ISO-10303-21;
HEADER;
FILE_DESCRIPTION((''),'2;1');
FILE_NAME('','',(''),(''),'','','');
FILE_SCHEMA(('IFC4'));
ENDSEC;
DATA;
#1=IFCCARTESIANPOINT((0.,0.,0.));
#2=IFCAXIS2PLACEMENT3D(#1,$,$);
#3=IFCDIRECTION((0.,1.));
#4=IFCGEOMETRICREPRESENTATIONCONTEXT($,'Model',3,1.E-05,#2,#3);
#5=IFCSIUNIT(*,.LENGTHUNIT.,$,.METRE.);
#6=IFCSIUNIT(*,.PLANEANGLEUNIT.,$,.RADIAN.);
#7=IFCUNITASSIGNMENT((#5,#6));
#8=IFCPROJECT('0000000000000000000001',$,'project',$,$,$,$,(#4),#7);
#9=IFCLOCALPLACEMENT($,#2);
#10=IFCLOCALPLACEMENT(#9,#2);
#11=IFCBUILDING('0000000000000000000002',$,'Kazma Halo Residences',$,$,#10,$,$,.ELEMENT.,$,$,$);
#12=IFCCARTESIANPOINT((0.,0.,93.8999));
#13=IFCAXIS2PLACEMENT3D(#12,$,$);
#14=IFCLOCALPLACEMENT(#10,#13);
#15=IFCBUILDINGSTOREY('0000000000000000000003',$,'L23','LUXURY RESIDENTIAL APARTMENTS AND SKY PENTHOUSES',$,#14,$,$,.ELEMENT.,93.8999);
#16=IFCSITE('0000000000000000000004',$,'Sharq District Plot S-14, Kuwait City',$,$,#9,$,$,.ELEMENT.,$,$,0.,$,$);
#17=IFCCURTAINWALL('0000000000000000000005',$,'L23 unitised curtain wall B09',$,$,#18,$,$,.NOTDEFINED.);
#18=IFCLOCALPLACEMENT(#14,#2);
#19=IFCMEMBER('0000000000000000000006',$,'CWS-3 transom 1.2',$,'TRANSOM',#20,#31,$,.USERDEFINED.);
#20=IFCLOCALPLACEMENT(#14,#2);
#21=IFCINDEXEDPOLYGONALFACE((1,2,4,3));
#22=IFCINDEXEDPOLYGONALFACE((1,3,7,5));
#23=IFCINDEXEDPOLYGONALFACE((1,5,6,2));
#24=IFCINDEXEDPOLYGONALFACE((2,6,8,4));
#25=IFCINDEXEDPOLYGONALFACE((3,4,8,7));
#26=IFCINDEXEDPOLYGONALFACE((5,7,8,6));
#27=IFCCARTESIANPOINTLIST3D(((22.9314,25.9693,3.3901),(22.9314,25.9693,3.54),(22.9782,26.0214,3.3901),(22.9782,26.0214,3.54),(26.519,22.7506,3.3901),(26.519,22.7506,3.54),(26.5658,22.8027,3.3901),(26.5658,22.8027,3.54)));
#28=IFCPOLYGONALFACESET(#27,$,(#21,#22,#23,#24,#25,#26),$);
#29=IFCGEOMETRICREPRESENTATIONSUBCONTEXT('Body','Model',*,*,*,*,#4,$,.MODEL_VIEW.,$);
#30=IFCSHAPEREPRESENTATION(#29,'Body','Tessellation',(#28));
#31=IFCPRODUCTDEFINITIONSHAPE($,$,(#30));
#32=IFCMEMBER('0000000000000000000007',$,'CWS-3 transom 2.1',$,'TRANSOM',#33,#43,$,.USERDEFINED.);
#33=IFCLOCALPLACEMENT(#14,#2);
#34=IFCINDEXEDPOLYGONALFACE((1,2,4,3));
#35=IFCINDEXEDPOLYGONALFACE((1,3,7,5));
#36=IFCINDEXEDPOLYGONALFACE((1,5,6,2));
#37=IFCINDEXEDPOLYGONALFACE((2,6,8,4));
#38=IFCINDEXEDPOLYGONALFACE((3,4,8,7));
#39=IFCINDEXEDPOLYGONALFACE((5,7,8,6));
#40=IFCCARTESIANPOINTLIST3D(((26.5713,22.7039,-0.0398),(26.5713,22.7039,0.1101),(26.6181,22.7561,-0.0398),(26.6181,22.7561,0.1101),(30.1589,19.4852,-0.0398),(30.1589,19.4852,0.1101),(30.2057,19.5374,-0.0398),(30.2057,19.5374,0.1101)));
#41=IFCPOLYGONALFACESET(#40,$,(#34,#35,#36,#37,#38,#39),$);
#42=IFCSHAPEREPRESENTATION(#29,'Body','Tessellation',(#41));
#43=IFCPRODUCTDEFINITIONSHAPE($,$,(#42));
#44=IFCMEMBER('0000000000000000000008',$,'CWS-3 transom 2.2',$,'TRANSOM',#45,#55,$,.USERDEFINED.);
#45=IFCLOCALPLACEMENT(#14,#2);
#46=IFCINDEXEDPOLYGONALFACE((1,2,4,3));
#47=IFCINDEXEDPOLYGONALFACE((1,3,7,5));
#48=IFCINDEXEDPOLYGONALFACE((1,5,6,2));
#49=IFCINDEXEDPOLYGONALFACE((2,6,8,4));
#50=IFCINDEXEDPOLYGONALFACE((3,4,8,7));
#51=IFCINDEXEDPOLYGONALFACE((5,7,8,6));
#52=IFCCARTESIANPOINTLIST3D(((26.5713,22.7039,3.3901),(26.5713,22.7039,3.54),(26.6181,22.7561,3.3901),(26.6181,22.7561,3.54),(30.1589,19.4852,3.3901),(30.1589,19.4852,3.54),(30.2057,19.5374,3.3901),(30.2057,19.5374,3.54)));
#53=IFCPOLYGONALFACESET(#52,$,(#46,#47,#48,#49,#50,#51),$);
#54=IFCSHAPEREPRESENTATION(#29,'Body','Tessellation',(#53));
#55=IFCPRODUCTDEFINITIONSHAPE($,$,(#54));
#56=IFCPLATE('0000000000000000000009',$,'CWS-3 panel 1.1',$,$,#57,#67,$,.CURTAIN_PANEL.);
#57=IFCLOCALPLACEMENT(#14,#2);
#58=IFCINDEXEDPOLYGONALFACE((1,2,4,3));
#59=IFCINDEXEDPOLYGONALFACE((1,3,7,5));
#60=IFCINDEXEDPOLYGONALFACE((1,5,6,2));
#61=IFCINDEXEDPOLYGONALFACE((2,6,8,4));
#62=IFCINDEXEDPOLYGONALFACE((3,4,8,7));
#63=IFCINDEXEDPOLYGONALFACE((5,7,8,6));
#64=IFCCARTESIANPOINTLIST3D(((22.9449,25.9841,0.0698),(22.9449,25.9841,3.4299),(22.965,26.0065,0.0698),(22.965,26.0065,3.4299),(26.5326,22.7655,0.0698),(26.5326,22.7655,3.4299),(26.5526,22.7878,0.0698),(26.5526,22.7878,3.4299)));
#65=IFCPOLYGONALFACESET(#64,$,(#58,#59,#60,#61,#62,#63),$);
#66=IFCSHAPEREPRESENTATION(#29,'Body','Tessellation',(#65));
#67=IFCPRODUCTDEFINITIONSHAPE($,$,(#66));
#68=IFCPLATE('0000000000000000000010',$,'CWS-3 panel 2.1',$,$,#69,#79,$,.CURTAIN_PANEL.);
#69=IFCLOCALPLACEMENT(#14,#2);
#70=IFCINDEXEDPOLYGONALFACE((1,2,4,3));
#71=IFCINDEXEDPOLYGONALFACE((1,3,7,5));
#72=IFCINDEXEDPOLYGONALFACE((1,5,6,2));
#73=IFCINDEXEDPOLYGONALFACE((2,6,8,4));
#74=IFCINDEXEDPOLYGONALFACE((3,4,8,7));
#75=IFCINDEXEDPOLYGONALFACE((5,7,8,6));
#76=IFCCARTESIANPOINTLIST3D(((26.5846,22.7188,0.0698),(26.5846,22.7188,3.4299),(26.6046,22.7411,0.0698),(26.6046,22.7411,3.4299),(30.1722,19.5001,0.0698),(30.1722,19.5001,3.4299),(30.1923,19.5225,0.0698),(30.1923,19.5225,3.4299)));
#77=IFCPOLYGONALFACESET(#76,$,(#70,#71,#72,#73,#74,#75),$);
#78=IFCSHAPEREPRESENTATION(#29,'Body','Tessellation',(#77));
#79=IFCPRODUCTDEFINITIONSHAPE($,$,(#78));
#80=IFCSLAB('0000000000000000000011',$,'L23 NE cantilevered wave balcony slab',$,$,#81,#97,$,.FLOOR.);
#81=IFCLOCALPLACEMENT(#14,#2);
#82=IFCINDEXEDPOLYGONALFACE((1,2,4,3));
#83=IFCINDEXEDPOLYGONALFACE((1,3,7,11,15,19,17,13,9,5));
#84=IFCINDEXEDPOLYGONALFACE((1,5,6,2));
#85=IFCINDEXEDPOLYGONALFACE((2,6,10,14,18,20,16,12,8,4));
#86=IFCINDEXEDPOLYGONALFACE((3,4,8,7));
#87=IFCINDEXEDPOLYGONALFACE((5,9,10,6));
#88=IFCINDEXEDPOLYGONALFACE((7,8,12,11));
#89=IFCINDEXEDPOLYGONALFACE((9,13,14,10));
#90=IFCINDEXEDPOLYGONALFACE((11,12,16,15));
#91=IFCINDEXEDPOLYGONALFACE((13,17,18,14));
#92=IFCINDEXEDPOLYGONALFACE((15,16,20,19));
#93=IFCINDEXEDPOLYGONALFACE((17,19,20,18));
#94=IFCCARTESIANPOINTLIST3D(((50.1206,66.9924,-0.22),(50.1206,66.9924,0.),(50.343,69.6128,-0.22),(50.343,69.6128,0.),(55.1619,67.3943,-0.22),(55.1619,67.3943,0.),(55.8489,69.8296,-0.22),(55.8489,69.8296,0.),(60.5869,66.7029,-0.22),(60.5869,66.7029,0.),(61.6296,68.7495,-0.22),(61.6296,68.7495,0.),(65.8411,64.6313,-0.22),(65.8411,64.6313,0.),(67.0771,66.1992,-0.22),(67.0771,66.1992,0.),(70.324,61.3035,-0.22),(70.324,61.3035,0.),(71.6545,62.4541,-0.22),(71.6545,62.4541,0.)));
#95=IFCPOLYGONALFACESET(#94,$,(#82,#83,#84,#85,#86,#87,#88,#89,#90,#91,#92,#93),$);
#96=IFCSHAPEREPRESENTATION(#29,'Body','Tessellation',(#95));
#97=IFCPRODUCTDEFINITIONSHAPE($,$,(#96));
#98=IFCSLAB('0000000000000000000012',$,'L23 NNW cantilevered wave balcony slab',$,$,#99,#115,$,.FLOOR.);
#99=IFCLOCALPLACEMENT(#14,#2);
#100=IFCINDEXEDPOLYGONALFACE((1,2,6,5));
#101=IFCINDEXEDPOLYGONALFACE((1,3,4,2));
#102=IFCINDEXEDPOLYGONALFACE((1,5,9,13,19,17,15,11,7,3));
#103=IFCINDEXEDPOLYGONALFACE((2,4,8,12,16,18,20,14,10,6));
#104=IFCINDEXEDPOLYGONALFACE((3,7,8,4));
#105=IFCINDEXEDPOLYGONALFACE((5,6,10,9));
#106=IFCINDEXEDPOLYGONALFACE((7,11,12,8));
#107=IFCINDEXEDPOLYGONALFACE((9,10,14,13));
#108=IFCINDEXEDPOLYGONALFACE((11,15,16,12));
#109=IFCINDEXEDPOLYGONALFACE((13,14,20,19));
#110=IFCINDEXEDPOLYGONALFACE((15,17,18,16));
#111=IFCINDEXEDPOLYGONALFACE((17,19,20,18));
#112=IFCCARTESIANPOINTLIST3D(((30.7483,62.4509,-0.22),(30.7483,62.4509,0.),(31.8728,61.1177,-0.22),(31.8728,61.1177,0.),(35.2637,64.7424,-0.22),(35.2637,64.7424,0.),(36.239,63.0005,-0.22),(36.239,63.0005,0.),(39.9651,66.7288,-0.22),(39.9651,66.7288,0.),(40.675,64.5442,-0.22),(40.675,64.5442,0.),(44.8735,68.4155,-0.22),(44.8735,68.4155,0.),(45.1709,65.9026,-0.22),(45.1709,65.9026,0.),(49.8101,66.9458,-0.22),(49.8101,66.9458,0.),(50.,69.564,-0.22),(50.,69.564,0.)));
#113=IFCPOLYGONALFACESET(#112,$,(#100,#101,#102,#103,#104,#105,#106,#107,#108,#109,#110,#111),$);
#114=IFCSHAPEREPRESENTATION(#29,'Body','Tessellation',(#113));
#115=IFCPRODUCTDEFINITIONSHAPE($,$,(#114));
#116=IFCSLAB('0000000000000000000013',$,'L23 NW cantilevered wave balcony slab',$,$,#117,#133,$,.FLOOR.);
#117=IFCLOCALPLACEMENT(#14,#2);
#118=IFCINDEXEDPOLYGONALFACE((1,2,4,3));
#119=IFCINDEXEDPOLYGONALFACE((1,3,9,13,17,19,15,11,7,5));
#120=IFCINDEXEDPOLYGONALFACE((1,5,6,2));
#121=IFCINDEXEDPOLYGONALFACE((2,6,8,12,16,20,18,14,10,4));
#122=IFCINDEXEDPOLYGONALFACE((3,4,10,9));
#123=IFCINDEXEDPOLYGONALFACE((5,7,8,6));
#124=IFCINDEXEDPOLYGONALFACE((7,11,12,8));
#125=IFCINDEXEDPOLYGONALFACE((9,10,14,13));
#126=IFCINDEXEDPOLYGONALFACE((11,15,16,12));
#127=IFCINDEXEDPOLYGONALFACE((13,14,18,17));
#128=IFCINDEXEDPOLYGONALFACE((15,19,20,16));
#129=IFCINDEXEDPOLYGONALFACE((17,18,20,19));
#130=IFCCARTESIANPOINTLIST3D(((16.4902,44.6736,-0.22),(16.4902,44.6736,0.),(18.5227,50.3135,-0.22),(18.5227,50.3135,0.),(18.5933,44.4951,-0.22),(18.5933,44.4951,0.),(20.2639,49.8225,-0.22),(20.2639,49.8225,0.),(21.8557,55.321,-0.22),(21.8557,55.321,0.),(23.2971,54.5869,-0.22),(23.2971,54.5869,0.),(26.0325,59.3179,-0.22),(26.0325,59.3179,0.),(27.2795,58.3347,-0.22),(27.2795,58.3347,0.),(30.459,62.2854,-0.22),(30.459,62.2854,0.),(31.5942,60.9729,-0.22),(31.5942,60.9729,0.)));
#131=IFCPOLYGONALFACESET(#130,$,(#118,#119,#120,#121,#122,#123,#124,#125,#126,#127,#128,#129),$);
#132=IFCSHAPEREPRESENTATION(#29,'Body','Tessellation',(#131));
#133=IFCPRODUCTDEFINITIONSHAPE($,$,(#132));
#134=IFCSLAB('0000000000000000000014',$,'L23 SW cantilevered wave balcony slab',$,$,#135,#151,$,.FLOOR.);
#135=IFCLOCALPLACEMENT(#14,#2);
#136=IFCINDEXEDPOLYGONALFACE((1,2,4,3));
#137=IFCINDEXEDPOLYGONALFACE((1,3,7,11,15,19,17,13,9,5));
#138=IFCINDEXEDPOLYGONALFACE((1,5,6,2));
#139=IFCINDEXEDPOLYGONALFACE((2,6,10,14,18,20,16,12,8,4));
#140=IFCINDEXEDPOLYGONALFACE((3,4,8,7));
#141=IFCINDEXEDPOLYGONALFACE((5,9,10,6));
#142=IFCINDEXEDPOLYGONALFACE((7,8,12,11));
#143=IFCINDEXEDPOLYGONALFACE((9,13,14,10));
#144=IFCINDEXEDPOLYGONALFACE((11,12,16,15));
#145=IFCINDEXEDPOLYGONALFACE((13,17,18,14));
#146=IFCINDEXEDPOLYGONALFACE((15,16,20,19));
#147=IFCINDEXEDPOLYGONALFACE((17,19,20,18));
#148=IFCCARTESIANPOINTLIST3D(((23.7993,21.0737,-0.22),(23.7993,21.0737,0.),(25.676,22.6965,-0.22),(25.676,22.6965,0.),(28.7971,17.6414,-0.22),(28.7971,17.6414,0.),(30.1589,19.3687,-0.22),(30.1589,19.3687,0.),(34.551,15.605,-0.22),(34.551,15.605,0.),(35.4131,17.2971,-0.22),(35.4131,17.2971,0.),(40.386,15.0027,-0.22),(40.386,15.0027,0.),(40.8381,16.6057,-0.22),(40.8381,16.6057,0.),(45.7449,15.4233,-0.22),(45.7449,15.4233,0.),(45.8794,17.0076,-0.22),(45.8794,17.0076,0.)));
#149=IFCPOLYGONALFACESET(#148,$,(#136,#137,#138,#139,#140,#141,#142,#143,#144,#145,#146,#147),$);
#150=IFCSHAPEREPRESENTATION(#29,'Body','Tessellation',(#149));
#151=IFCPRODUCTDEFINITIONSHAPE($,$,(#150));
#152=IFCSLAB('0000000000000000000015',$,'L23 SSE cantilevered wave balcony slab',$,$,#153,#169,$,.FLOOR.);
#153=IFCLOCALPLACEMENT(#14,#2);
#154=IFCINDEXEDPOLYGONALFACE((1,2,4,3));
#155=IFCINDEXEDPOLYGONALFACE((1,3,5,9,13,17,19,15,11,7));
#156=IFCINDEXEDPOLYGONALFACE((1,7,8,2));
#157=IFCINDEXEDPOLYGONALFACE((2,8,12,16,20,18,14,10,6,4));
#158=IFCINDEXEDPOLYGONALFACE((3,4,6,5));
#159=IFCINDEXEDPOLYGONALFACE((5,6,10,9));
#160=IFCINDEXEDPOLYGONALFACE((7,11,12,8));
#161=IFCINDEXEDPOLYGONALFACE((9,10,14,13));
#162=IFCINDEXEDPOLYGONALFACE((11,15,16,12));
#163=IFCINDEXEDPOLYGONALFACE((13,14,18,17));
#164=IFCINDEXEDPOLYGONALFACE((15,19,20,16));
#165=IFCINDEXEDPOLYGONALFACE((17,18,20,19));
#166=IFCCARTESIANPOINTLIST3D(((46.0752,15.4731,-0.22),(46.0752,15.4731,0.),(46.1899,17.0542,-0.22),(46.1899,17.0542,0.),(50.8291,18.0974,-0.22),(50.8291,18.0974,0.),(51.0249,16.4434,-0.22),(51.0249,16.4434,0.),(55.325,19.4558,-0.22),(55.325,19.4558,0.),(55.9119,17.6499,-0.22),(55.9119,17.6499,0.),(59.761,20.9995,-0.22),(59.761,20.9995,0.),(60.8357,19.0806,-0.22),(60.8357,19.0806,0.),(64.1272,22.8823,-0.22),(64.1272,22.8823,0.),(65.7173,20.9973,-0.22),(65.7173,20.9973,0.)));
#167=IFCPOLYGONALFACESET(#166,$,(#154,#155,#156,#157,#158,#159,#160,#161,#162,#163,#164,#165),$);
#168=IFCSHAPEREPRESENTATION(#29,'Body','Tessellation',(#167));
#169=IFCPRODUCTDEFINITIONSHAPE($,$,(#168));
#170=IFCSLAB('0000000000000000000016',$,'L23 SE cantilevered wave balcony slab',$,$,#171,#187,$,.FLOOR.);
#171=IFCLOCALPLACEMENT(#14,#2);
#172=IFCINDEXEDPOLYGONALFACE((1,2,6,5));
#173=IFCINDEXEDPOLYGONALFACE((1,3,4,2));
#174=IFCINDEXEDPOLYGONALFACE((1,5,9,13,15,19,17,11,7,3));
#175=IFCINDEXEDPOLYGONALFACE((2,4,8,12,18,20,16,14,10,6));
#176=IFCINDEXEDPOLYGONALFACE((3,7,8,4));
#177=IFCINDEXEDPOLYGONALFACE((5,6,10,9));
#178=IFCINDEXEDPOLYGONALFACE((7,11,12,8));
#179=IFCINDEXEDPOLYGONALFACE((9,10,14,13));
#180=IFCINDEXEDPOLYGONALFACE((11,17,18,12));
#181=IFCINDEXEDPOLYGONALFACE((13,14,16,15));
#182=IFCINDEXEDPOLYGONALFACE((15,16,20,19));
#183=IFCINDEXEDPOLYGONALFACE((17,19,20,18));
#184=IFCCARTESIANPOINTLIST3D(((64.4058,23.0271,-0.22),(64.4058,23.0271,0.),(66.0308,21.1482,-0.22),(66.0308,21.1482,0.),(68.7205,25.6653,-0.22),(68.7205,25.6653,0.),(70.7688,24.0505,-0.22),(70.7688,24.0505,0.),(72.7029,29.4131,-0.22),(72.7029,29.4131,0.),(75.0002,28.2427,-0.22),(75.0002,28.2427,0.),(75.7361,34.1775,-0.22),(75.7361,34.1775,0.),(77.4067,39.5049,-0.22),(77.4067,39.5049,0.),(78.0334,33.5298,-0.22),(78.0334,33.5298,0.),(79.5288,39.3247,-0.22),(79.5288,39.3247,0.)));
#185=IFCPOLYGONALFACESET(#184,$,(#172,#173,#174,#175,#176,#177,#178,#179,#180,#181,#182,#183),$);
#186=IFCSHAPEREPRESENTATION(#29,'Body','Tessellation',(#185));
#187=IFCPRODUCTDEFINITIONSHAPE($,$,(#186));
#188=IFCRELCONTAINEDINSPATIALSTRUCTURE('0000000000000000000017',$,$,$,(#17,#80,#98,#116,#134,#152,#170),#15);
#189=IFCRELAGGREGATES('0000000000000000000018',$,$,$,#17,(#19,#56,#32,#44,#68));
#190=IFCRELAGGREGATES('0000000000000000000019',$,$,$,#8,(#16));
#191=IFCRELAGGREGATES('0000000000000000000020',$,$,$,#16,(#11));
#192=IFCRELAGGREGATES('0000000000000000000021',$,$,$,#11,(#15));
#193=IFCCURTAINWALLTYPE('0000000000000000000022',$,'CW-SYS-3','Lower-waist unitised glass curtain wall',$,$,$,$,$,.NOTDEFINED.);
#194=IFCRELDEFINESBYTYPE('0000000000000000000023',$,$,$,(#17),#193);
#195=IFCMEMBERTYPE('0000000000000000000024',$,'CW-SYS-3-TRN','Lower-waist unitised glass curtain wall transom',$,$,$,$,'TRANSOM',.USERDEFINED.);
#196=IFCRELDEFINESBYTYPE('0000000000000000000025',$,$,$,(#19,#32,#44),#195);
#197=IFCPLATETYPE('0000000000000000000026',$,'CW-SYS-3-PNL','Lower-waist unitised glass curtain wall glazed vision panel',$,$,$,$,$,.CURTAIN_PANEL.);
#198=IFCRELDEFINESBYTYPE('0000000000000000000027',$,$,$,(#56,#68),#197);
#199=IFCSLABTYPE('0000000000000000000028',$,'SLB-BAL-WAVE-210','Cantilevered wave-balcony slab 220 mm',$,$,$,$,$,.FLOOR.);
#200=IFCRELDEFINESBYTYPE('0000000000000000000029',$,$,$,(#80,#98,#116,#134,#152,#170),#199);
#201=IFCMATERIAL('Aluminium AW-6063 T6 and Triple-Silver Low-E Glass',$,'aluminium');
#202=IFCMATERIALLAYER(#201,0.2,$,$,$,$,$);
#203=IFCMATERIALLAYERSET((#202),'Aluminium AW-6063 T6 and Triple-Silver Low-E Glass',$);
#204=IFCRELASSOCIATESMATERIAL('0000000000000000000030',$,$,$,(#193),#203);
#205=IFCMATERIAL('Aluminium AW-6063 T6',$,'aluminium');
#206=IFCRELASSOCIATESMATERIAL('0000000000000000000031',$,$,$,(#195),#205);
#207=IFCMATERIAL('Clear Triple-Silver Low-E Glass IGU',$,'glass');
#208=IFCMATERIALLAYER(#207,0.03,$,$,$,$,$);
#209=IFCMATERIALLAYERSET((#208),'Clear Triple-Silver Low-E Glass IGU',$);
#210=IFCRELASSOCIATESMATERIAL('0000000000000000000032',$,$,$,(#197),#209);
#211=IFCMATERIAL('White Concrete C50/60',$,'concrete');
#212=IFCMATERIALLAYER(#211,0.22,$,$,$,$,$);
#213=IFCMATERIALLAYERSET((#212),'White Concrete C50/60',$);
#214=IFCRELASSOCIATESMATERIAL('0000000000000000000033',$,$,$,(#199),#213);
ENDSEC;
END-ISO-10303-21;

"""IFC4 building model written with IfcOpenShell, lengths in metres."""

from ifc_helpers import new_model, si_unit, direction, frame, origin, origin_2d, place, context, subcontext, project, spatial, polyline, rectangle, outline, extrude, material, layer, layer_set, material_profile, profile_set, type_object, element, aggregate, save


model = new_model("IFC4")

# Units and contexts
model_context = context("Model", 3, precision=1e-05, world=origin(), true_north=direction((0.0, 1.0)))
body_context = subcontext(model_context, "Body", "Model", "MODEL_VIEW")
ifc_project = project(units=[si_unit("LENGTHUNIT", "METRE"), si_unit("PLANEANGLEUNIT", "RADIAN")], contexts=[model_context])

# Site, building, storey
site_placement = place(None, origin())
site = spatial("IfcSite", under=ifc_project, at=site_placement, Name="Sharq District Plot S-14, Kuwait City", CompositionType="ELEMENT", RefElevation=0.0)
building_placement = place(site_placement, origin())
building = spatial("IfcBuilding", under=site, at=building_placement, Name="Kazma Halo Residences", CompositionType="ELEMENT")
storey_placement = place(building_placement, frame((0.0, 0.0, 93.8999)))
storey = spatial("IfcBuildingStorey", under=building, at=storey_placement, Name="L23", Description="LUXURY RESIDENTIAL APARTMENTS AND SKY PENTHOUSES", CompositionType="ELEMENT", Elevation=93.8999)

# Curtain wall, members, plates
ifc_material_1 = material(Name="Aluminium AW-6063 T6 and Triple-Silver Low-E Glass", Category="aluminium")
ifc_layer_1 = layer(ifc_material_1, 0.2)
ifc_layer_set_1 = layer_set([ifc_layer_1], Name="Aluminium AW-6063 T6 and Triple-Silver Low-E Glass")
curtain_wall_type = type_object("IfcCurtainWallType", Name="CW-SYS-3", Description="Lower-waist unitised glass curtain wall", PredefinedType="NOTDEFINED", material=ifc_layer_set_1)
curtain_wall_placement = place(storey_placement, origin())
curtain_wall = element("IfcCurtainWall", 1, at=curtain_wall_placement, inside=storey, type_object=curtain_wall_type, Name="L23 unitised curtain wall B09", PredefinedType="NOTDEFINED")
ifc_material_2 = material(Name="Aluminium AW-6063 T6", Category="aluminium")
ifc_material_profile_1 = material_profile(ifc_material_2, rectangle(XDim=0.0701, YDim=0.1499, at=origin_2d()), Name="CWT-70x150")
ifc_profile_set_1 = profile_set([ifc_material_profile_1], Name="Aluminium AW-6063 T6")
member_type_1 = type_object("IfcMemberType", Name="CW-SYS-3-TRN", Description="Lower-waist unitised glass curtain wall transom", ElementType="TRANSOM", PredefinedType="USERDEFINED", material=ifc_profile_set_1)
member_1_placement = place(storey_placement, frame((22.9548, 25.9954, 3.4651), z_axis=(0.744338, -0.667803, 0.0), x_axis=(0.667803, 0.744338, 0.0)))
member_1 = element("IfcMember", 2, at=member_1_placement, type_object=member_type_1, Name="CWS-3 transom 1.2", ObjectType="TRANSOM", PredefinedType="USERDEFINED", context=body_context, shape_type="SweptSolid", body=[
    extrude(rectangle(XDim=0.0701, YDim=0.1499, at=origin_2d()), origin(), (0.0, 0.0, 1.0), 4.8198),
])
member_2_placement = place(storey_placement, frame((26.5947, 22.73, 0.0352), z_axis=(0.744338, -0.667803, 0.0), x_axis=(0.667803, 0.744338, 0.0)))
member_2 = element("IfcMember", 3, at=member_2_placement, type_object=member_type_1, Name="CWS-3 transom 2.1", ObjectType="TRANSOM", PredefinedType="USERDEFINED", context=body_context, shape_type="SweptSolid", body=[
    extrude(rectangle(XDim=0.0701, YDim=0.1499, at=origin_2d()), origin(), (0.0, 0.0, 1.0), 4.8198),
])
member_3_placement = place(storey_placement, frame((26.5947, 22.73, 3.4651), z_axis=(0.744338, -0.667803, 0.0), x_axis=(0.667803, 0.744338, 0.0)))
member_3 = element("IfcMember", 4, at=member_3_placement, type_object=member_type_1, Name="CWS-3 transom 2.2", ObjectType="TRANSOM", PredefinedType="USERDEFINED", context=body_context, shape_type="SweptSolid", body=[
    extrude(rectangle(XDim=0.0701, YDim=0.1499, at=origin_2d()), origin(), (0.0, 0.0, 1.0), 4.8198),
])
ifc_material_3 = material(Name="Clear Triple-Silver Low-E Glass IGU", Category="glass")
ifc_layer_2 = layer(ifc_material_3, 0.03)
ifc_layer_set_2 = layer_set([ifc_layer_2], Name="Clear Triple-Silver Low-E Glass IGU")
plate_type = type_object("IfcPlateType", Name="CW-SYS-3-PNL", Description="Lower-waist unitised glass curtain wall glazed vision panel", PredefinedType="CURTAIN_PANEL", material=ifc_layer_set_2)
plate_1_placement = place(storey_placement, frame((24.7488, 24.386, 0.0698), z_axis=(0.0, 0.0, 1.0), x_axis=(0.744345, -0.667795, 0.0)))
plate_1 = element("IfcPlate", 5, at=plate_1_placement, type_object=plate_type, Name="CWS-3 panel 1.1", PredefinedType="CURTAIN_PANEL", context=body_context, shape_type="SweptSolid", body=[
    extrude(rectangle(XDim=4.8198, YDim=0.03, at=origin_2d()), origin(), (0.0, 0.0, 1.0), 3.3601),
])
plate_2_placement = place(storey_placement, frame((28.3884, 21.1206, 0.0698), z_axis=(0.0, 0.0, 1.0), x_axis=(0.744345, -0.667795, 0.0)))
plate_2 = element("IfcPlate", 6, at=plate_2_placement, type_object=plate_type, Name="CWS-3 panel 2.1", PredefinedType="CURTAIN_PANEL", context=body_context, shape_type="SweptSolid", body=[
    extrude(rectangle(XDim=4.8198, YDim=0.03, at=origin_2d()), origin(), (0.0, 0.0, 1.0), 3.3601),
])
aggregate(curtain_wall, [member_1, plate_1, member_2, member_3, plate_2])

# Slabs
ifc_material_4 = material(Name="White Concrete C50/60", Category="concrete")
ifc_layer_3 = layer(ifc_material_4, 0.22)
ifc_layer_set_3 = layer_set([ifc_layer_3], Name="White Concrete C50/60")
slab_type_1 = type_object("IfcSlabType", Name="SLB-BAL-WAVE-210", Description="Cantilevered wave-balcony slab 220 mm", PredefinedType="FLOOR", material=ifc_layer_set_3)
slab_1_placement = place(storey_placement, frame((0.0, 0.0, -0.22)))
element("IfcSlab", 7, at=slab_1_placement, inside=storey, type_object=slab_type_1, Name="L23 NE cantilevered wave balcony slab", PredefinedType="FLOOR", context=body_context, shape_type="SweptSolid", body=[
    extrude(outline(polyline([(70.324, 61.3035), (65.8411, 64.6313), (60.5869, 66.7029), (55.1619, 67.3943), (50.1206, 66.9924), (50.343, 69.6128), (55.8489, 69.8296), (61.6296, 68.7495), (67.0771, 66.1992), (71.6545, 62.4541), (70.324, 61.3035)])), origin(), (0.0, 0.0, 1.0), 0.22),
])
slab_2_placement = place(storey_placement, frame((0.0, 0.0, -0.22)))
element("IfcSlab", 8, at=slab_2_placement, inside=storey, type_object=slab_type_1, Name="L23 NNW cantilevered wave balcony slab", PredefinedType="FLOOR", context=body_context, shape_type="SweptSolid", body=[
    extrude(outline(polyline([(49.8101, 66.9458), (45.1709, 65.9026), (40.675, 64.5442), (36.239, 63.0005), (31.8728, 61.1177), (30.7483, 62.4509), (35.2637, 64.7424), (39.9651, 66.7288), (44.8735, 68.4155), (50.0, 69.564), (49.8101, 66.9458)])), origin(), (0.0, 0.0, 1.0), 0.22),
])
slab_3_placement = place(storey_placement, frame((0.0, 0.0, -0.22)))
element("IfcSlab", 9, at=slab_3_placement, inside=storey, type_object=slab_type_1, Name="L23 NW cantilevered wave balcony slab", PredefinedType="FLOOR", context=body_context, shape_type="SweptSolid", body=[
    extrude(outline(polyline([(31.5942, 60.9729), (27.2795, 58.3347), (23.2971, 54.5869), (20.2639, 49.8225), (18.5933, 44.4951), (16.4902, 44.6736), (18.5227, 50.3135), (21.8557, 55.321), (26.0325, 59.3179), (30.459, 62.2854), (31.5942, 60.9729)])), origin(), (0.0, 0.0, 1.0), 0.22),
])
slab_4_placement = place(storey_placement, frame((0.0, 0.0, -0.22)))
element("IfcSlab", 10, at=slab_4_placement, inside=storey, type_object=slab_type_1, Name="L23 SW cantilevered wave balcony slab", PredefinedType="FLOOR", context=body_context, shape_type="SweptSolid", body=[
    extrude(outline(polyline([(25.676, 22.6965), (30.1589, 19.3687), (35.4131, 17.2971), (40.8381, 16.6057), (45.8794, 17.0076), (45.7449, 15.4233), (40.386, 15.0027), (34.551, 15.605), (28.7971, 17.6414), (23.7993, 21.0737), (25.676, 22.6965)])), origin(), (0.0, 0.0, 1.0), 0.22),
])
slab_5_placement = place(storey_placement, frame((0.0, 0.0, -0.22)))
element("IfcSlab", 11, at=slab_5_placement, inside=storey, type_object=slab_type_1, Name="L23 SSE cantilevered wave balcony slab", PredefinedType="FLOOR", context=body_context, shape_type="SweptSolid", body=[
    extrude(outline(polyline([(46.1899, 17.0542), (50.8291, 18.0974), (55.325, 19.4558), (59.761, 20.9995), (64.1272, 22.8823), (65.7173, 20.9973), (60.8357, 19.0806), (55.9119, 17.6499), (51.0249, 16.4434), (46.0752, 15.4731), (46.1899, 17.0542)])), origin(), (0.0, 0.0, 1.0), 0.22),
])
slab_6_placement = place(storey_placement, frame((0.0, 0.0, -0.22)))
element("IfcSlab", 12, at=slab_6_placement, inside=storey, type_object=slab_type_1, Name="L23 SE cantilevered wave balcony slab", PredefinedType="FLOOR", context=body_context, shape_type="SweptSolid", body=[
    extrude(outline(polyline([(64.4058, 23.0271), (68.7205, 25.6653), (72.7029, 29.4131), (75.7361, 34.1775), (77.4067, 39.5049), (79.5288, 39.3247), (78.0334, 33.5298), (75.0002, 28.2427), (70.7688, 24.0505), (66.0308, 21.1482), (64.4058, 23.0271)])), origin(), (0.0, 0.0, 1.0), 0.22),
])

save(model, "model.ifc")
